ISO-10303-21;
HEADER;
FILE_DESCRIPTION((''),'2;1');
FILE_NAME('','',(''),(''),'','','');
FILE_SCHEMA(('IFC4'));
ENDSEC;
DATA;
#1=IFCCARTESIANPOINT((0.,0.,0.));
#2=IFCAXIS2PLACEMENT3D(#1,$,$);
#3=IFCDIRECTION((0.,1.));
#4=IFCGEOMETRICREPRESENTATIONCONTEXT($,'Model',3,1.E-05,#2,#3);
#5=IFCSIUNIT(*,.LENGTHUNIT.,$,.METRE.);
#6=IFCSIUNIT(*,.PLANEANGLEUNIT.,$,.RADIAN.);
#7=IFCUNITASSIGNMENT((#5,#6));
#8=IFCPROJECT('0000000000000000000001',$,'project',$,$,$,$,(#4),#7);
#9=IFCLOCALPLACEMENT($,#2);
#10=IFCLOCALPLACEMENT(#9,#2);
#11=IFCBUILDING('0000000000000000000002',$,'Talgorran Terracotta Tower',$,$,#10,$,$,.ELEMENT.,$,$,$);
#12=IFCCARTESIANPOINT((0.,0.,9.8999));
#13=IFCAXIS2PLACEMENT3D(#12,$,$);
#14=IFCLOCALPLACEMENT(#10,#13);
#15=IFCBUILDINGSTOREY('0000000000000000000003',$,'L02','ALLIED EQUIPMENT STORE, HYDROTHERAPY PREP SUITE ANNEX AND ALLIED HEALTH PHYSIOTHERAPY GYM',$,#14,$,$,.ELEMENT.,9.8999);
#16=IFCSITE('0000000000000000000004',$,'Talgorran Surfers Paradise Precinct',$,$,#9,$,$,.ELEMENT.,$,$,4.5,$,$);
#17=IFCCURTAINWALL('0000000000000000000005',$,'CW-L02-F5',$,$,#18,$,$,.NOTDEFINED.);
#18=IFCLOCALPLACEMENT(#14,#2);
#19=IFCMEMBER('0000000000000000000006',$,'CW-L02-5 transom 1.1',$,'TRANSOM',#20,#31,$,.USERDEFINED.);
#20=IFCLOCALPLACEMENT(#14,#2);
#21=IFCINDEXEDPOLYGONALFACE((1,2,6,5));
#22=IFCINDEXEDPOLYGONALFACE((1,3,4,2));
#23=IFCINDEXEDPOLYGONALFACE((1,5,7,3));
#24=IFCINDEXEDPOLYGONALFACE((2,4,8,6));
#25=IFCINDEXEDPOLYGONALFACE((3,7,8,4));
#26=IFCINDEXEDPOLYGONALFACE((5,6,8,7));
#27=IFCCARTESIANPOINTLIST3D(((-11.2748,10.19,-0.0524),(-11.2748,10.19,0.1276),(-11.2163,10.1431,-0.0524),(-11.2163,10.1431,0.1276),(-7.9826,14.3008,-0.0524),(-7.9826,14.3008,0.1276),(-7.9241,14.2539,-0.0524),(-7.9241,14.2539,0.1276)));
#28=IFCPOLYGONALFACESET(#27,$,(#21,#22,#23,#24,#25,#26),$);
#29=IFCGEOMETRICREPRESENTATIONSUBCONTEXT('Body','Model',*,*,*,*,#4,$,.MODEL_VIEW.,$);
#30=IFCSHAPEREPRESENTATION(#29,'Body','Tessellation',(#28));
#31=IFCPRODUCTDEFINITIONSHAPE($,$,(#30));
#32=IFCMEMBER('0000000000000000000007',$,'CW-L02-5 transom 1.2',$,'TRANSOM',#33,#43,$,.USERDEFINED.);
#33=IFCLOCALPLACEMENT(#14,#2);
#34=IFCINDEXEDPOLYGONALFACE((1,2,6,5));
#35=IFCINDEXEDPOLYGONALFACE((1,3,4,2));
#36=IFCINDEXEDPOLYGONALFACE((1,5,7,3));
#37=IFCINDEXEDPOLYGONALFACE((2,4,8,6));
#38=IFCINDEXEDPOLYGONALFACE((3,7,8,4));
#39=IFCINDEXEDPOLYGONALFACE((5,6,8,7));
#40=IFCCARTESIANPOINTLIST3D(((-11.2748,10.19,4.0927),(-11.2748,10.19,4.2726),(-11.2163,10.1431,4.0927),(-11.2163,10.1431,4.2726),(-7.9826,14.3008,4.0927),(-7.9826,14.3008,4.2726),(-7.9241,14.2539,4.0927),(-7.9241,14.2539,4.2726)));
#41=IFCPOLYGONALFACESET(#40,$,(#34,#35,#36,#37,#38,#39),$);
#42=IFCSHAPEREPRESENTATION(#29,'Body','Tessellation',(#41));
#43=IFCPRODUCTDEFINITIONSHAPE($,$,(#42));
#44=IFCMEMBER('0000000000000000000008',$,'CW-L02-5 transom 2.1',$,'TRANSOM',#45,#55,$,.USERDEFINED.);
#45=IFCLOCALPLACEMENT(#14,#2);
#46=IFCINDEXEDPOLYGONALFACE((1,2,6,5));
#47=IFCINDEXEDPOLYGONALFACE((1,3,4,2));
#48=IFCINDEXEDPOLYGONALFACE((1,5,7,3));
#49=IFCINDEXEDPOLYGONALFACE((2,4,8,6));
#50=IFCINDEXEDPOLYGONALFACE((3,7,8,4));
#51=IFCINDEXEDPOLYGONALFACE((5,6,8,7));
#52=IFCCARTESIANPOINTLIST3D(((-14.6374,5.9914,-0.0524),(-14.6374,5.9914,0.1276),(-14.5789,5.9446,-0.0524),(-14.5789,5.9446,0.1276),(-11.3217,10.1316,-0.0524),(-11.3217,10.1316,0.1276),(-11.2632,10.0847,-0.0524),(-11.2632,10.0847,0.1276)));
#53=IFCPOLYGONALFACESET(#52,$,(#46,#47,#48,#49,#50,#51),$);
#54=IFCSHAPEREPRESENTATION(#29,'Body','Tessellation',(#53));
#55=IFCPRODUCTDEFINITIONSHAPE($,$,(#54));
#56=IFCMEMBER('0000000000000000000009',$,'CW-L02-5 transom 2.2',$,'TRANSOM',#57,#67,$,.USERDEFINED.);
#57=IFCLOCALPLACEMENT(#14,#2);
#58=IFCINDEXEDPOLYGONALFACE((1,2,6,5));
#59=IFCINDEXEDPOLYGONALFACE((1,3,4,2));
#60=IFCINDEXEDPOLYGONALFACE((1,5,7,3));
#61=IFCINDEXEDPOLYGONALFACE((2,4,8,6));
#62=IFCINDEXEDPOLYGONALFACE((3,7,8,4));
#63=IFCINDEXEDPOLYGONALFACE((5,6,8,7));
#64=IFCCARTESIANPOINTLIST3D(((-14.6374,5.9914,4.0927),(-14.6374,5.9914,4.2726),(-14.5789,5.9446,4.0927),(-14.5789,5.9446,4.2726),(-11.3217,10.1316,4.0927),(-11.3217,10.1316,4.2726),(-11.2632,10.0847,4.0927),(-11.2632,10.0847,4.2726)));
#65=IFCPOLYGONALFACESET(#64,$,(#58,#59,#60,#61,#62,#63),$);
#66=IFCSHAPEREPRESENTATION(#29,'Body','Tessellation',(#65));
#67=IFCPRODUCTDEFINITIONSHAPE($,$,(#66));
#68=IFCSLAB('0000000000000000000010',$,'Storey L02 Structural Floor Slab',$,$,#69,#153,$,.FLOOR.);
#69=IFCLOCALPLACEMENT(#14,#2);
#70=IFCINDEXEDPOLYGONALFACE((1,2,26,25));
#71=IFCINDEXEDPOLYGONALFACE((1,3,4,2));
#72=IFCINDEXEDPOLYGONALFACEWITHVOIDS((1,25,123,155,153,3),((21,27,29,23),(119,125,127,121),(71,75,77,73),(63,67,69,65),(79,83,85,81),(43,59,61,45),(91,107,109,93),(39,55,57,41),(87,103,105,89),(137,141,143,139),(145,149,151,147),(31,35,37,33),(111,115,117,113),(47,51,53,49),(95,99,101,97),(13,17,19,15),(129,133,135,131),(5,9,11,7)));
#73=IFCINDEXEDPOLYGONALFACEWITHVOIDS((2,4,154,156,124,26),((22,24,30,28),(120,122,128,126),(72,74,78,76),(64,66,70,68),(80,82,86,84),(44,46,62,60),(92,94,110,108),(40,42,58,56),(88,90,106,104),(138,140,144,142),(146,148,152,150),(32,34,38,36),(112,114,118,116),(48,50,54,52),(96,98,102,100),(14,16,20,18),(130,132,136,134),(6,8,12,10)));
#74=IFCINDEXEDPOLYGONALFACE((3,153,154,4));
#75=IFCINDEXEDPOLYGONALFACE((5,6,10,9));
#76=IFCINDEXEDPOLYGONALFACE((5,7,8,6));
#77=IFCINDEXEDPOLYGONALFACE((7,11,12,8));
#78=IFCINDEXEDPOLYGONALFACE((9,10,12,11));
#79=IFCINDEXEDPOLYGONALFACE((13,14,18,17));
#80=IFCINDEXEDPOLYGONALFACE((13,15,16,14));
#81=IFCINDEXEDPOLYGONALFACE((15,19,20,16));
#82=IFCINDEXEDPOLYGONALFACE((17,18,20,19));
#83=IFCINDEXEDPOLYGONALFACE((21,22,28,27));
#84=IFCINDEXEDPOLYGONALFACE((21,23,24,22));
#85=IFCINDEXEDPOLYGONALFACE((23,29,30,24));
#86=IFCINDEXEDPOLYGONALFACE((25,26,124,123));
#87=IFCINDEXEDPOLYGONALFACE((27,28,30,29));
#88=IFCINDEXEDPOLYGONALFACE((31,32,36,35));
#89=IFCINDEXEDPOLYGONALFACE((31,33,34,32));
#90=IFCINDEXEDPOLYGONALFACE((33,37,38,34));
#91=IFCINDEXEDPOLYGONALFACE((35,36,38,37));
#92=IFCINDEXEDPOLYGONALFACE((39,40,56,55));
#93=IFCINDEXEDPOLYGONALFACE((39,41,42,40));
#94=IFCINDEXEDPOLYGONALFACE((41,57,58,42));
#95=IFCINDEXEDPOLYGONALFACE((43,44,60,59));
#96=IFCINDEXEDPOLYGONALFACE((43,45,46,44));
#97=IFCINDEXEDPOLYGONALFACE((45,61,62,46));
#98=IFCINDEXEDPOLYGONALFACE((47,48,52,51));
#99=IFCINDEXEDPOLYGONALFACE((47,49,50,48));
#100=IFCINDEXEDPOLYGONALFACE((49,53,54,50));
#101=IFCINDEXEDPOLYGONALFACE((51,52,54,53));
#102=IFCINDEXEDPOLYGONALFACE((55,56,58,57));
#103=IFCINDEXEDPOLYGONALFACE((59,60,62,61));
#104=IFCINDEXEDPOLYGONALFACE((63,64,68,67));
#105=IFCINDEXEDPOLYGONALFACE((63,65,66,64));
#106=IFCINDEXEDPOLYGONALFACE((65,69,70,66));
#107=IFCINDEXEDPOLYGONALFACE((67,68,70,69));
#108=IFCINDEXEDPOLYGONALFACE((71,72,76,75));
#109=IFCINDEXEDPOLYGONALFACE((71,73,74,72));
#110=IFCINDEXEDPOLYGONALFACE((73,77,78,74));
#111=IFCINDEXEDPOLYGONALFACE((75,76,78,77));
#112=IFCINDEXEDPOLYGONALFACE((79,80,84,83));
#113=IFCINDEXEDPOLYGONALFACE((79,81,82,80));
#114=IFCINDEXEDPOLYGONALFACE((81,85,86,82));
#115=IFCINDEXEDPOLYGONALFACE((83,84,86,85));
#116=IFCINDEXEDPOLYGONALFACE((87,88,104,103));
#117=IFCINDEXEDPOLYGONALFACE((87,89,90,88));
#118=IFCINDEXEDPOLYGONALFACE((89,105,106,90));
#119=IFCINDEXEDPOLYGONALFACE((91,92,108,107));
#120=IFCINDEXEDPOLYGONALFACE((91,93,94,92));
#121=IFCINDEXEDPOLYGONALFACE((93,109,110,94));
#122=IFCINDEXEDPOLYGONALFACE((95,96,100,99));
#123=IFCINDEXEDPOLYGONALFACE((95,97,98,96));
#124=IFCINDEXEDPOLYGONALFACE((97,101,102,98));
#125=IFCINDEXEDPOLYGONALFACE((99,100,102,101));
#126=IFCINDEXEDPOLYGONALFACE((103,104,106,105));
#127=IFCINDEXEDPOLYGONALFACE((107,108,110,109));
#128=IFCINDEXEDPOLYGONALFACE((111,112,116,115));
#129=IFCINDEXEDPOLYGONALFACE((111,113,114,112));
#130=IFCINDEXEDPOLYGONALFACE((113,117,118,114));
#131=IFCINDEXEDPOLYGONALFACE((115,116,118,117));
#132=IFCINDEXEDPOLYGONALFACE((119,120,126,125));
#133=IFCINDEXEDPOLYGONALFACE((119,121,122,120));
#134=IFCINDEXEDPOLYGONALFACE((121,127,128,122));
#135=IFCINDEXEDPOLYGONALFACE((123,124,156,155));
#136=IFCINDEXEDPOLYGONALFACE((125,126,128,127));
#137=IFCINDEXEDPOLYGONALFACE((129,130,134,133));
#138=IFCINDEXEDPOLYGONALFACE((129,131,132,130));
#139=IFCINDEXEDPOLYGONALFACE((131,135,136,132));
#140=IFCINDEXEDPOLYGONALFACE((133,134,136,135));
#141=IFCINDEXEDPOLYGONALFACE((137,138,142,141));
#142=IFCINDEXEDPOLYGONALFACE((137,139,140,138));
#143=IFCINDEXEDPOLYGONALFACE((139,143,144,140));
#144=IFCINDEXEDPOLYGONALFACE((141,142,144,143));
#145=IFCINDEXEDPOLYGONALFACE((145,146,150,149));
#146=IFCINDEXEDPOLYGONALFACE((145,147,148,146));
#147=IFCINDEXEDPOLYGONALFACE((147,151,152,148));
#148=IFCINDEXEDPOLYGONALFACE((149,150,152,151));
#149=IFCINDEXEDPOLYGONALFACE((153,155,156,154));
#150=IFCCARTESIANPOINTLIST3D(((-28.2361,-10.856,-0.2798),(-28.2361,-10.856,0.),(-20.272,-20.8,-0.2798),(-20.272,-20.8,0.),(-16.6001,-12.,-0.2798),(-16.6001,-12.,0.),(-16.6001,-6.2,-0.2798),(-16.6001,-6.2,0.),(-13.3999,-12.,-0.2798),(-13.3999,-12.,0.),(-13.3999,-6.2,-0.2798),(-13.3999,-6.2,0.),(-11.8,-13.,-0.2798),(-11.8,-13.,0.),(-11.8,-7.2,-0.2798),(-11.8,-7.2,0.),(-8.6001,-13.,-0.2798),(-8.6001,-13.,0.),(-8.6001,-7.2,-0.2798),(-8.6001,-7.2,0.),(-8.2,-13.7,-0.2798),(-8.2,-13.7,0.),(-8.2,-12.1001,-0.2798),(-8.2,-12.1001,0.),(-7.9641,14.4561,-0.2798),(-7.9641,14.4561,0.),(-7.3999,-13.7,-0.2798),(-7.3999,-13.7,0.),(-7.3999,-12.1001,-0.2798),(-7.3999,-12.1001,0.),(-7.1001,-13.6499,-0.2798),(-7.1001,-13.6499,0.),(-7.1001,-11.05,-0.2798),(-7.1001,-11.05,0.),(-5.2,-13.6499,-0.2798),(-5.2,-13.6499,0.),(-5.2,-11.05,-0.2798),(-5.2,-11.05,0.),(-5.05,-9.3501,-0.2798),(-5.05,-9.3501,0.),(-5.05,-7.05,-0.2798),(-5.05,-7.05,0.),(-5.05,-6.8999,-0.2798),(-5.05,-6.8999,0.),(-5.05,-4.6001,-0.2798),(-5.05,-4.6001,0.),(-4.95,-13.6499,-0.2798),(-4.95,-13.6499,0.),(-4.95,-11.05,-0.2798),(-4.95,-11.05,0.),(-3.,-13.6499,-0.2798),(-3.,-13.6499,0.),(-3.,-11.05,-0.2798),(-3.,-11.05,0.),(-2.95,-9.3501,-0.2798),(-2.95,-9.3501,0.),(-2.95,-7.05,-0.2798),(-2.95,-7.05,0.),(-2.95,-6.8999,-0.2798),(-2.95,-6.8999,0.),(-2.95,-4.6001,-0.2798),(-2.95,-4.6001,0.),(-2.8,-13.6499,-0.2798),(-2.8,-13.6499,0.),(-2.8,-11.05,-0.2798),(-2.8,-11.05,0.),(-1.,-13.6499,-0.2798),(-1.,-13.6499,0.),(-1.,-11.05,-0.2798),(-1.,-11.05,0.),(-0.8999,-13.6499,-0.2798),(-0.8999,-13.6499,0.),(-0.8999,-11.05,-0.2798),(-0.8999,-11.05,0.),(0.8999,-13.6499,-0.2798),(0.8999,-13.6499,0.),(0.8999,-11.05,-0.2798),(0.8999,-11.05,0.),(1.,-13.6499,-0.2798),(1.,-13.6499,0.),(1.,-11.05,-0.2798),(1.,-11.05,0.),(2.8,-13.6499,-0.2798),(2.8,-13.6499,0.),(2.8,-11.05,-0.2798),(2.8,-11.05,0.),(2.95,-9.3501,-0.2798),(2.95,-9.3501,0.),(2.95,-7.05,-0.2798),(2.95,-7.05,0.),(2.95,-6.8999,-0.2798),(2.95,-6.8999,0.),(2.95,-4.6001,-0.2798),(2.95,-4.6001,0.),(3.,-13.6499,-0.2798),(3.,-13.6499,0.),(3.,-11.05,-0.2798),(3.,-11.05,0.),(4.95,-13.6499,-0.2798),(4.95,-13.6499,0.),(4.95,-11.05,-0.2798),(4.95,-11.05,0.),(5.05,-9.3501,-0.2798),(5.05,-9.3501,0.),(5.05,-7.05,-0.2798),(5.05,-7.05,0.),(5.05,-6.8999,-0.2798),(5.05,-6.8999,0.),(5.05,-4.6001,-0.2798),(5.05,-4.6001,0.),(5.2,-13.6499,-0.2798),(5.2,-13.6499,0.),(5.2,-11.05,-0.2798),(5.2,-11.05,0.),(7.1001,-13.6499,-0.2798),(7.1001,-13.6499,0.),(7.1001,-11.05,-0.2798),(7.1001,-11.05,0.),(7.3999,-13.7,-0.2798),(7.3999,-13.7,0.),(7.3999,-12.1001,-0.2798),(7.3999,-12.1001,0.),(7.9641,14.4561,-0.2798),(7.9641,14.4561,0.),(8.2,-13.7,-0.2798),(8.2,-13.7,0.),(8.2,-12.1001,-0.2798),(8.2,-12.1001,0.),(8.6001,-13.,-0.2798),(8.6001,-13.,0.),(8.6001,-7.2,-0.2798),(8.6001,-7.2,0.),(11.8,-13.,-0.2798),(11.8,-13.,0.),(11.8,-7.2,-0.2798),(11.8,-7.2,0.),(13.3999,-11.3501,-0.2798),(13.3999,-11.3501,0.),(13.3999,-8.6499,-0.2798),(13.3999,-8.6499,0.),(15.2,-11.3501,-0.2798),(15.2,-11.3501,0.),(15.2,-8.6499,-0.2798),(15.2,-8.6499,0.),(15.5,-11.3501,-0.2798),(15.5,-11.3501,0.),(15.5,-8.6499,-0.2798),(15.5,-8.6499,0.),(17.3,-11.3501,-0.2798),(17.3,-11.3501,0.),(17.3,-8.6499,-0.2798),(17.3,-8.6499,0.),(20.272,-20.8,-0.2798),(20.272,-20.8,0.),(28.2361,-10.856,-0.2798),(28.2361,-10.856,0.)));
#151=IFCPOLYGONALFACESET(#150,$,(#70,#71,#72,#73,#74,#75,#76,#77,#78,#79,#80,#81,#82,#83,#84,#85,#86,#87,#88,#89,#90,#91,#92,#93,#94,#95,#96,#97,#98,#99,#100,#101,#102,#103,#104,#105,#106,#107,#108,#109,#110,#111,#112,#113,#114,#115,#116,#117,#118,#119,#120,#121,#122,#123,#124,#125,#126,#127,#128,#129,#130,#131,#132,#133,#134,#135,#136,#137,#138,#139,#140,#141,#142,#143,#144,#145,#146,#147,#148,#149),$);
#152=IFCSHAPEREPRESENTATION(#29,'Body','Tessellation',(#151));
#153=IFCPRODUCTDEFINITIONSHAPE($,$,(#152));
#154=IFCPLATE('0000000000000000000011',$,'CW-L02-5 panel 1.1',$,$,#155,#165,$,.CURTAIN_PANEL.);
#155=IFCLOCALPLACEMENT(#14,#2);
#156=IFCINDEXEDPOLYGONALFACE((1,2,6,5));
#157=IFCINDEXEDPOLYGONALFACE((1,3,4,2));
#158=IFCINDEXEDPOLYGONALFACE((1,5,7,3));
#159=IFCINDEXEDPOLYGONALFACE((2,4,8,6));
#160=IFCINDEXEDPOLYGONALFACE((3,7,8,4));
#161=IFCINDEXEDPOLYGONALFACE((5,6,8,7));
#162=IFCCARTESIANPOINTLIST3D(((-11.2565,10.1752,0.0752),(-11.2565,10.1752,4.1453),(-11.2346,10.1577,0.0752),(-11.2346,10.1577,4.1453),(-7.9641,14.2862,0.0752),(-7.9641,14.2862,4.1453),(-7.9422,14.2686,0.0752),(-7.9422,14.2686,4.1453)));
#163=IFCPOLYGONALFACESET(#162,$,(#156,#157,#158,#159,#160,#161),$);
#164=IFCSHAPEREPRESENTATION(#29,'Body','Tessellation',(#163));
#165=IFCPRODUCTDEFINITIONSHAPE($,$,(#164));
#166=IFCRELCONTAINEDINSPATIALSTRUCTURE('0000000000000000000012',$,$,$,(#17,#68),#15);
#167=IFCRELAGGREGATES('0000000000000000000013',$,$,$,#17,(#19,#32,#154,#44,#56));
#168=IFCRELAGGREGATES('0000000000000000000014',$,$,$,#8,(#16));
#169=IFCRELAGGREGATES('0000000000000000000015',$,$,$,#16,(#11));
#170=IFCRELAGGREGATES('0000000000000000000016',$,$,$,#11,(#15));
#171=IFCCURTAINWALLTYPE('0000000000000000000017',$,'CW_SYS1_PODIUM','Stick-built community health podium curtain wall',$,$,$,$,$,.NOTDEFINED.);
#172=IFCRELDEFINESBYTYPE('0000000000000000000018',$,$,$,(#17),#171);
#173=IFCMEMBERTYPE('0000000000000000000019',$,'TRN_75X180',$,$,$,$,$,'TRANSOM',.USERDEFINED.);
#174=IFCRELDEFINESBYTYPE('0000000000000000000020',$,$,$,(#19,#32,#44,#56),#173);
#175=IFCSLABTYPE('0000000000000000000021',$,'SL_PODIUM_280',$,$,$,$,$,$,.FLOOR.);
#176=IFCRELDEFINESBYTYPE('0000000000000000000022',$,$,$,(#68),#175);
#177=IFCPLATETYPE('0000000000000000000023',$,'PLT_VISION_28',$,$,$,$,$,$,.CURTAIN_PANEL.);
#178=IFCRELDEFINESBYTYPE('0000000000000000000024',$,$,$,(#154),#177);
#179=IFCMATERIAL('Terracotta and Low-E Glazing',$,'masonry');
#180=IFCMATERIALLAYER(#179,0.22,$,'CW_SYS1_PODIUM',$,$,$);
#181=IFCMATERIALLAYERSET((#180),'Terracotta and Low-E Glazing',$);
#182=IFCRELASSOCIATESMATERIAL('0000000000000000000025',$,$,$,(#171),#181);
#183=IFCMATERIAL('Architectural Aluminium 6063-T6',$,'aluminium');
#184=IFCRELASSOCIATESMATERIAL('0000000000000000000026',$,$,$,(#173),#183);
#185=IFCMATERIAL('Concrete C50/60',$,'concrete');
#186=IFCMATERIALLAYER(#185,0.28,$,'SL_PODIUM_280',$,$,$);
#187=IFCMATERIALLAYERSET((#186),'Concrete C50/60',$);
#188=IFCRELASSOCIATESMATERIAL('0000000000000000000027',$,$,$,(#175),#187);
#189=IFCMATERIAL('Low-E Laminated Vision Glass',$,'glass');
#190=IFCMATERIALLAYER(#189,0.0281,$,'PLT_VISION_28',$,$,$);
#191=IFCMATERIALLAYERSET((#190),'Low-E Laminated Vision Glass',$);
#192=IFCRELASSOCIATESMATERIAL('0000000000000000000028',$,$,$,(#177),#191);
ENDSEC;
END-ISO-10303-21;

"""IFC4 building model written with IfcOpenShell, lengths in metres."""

from ifc_helpers import new_model, si_unit, direction, frame, origin, origin_2d, place, context, subcontext, project, spatial, polyline, rectangle, outline, extrude, source, transform, mapped, material, layer, layer_set, material_profile, profile_set, type_object, type_shapes, element, aggregate, save


model = new_model("IFC4")

# Units and contexts
model_context = context("Model", 3, precision=1e-05, world=origin(), true_north=direction((0.0, 1.0)))
body_context = subcontext(model_context, "Body", "Model", "MODEL_VIEW")
ifc_project = project(units=[si_unit("LENGTHUNIT", "METRE"), si_unit("PLANEANGLEUNIT", "RADIAN")], contexts=[model_context])

# Site, building, storey
site_placement = place(None, origin())
site = spatial("IfcSite", under=ifc_project, at=site_placement, Name="Talgorran Surfers Paradise Precinct", CompositionType="ELEMENT", RefElevation=4.5)
building_placement = place(site_placement, origin())
building = spatial("IfcBuilding", under=site, at=building_placement, Name="Talgorran Terracotta Tower", CompositionType="ELEMENT")
storey_placement = place(building_placement, frame((0.0, 0.0, 9.8999)))
storey = spatial("IfcBuildingStorey", under=building, at=storey_placement, Name="L02", Description="ALLIED EQUIPMENT STORE, HYDROTHERAPY PREP SUITE ANNEX AND ALLIED HEALTH PHYSIOTHERAPY GYM", CompositionType="ELEMENT", Elevation=9.8999)

# Curtain wall, members
ifc_material_1 = material(Name="Terracotta and Low-E Glazing", Category="masonry")
ifc_layer_1 = layer(ifc_material_1, 0.22, Name="CW_SYS1_PODIUM")
ifc_layer_set_1 = layer_set([ifc_layer_1], Name="Terracotta and Low-E Glazing")
curtain_wall_type = type_object("IfcCurtainWallType", Name="CW_SYS1_PODIUM", Description="Stick-built community health podium curtain wall", PredefinedType="NOTDEFINED", material=ifc_layer_set_1)
curtain_wall_placement = place(storey_placement, origin())
curtain_wall = element("IfcCurtainWall", 1, at=curtain_wall_placement, inside=storey, type_object=curtain_wall_type, Name="CW-L02-F5", PredefinedType="NOTDEFINED")
ifc_material_2 = material(Name="Architectural Aluminium 6063-T6", Category="aluminium")
ifc_material_profile_1 = material_profile(ifc_material_2, rectangle(XDim=0.075, YDim=0.1799, at=origin_2d()), Name="CWT75X180")
ifc_profile_set_1 = profile_set([ifc_material_profile_1], Name="Architectural Aluminium 6063-T6")
member_type_1 = type_object("IfcMemberType", Name="TRN_75X180", ElementType="TRANSOM", PredefinedType="USERDEFINED", material=ifc_profile_set_1)
member_1_placement = place(storey_placement, frame((-7.9534, 14.2773, 0.0376), z_axis=(-0.625108, -0.780539, 0.0), x_axis=(0.780539, -0.625108, 0.0)))
member_1 = element("IfcMember", 2, at=member_1_placement, type_object=member_type_1, Name="CW-L02-5 transom 1.1", ObjectType="TRANSOM", PredefinedType="USERDEFINED", context=body_context, shape_type="SweptSolid", body=[
    extrude(rectangle(XDim=0.075, YDim=0.1799, at=origin_2d()), origin(), (0.0, 0.0, 1.0), 5.2666),
])
member_2_placement = place(storey_placement, frame((-7.9534, 14.2773, 4.1826), z_axis=(-0.625108, -0.780539, 0.0), x_axis=(0.780539, -0.625108, 0.0)))
member_2 = element("IfcMember", 3, at=member_2_placement, type_object=member_type_1, Name="CW-L02-5 transom 1.2", ObjectType="TRANSOM", PredefinedType="USERDEFINED", context=body_context, shape_type="SweptSolid", body=[
    extrude(rectangle(XDim=0.075, YDim=0.1799, at=origin_2d()), origin(), (0.0, 0.0, 1.0), 5.2666),
])
member_3_placement = place(storey_placement, frame((-11.2925, 10.1082, 0.0376), z_axis=(-0.625105, -0.780541, 0.0), x_axis=(0.780541, -0.625105, 0.0)))
member_3 = element("IfcMember", 4, at=member_3_placement, type_object=member_type_1, Name="CW-L02-5 transom 2.1", ObjectType="TRANSOM", PredefinedType="USERDEFINED", context=body_context, shape_type="SweptSolid", body=[
    extrude(rectangle(XDim=0.075, YDim=0.1799, at=origin_2d()), origin(), (0.0, 0.0, 1.0), 5.3042),
])
member_4_placement = place(storey_placement, frame((-11.2925, 10.1082, 4.1826), z_axis=(-0.625105, -0.780541, 0.0), x_axis=(0.780541, -0.625105, 0.0)))
member_4 = element("IfcMember", 5, at=member_4_placement, type_object=member_type_1, Name="CW-L02-5 transom 2.2", ObjectType="TRANSOM", PredefinedType="USERDEFINED", context=body_context, shape_type="SweptSolid", body=[
    extrude(rectangle(XDim=0.075, YDim=0.1799, at=origin_2d()), origin(), (0.0, 0.0, 1.0), 5.3042),
])

# Slab
ifc_material_3 = material(Name="Concrete C50/60", Category="concrete")
ifc_layer_2 = layer(ifc_material_3, 0.28, Name="SL_PODIUM_280")
ifc_layer_set_2 = layer_set([ifc_layer_2], Name="Concrete C50/60")
slab_type = type_object("IfcSlabType", Name="SL_PODIUM_280", PredefinedType="FLOOR", material=ifc_layer_set_2)
slab_placement = place(storey_placement, frame((0.0, 0.0, -0.2798)))
element("IfcSlab", 6, at=slab_placement, inside=storey, type_object=slab_type, Name="Storey L02 Structural Floor Slab", PredefinedType="FLOOR", context=body_context, shape_type="SweptSolid", body=[
    extrude(outline(polyline([(-28.2361, -10.856), (-20.272, -20.8), (20.272, -20.8), (28.2361, -10.856), (7.9641, 14.4561), (-7.9641, 14.4561), (-28.2361, -10.856)]), holes=[polyline([(-11.8, -7.2), (-11.8, -13.0), (-8.6001, -13.0), (-8.6001, -7.2), (-11.8, -7.2)]), polyline([(8.6001, -7.2), (8.6001, -13.0), (11.8, -13.0), (11.8, -7.2), (8.6001, -7.2)]), polyline([(-16.6001, -6.2), (-16.6001, -12.0), (-13.3999, -12.0), (-13.3999, -6.2), (-16.6001, -6.2)]), polyline([(-7.1001, -13.6499), (-5.2, -13.6499), (-5.2, -11.05), (-7.1001, -11.05), (-7.1001, -13.6499)]), polyline([(5.2, -13.6499), (7.1001, -13.6499), (7.1001, -11.05), (5.2, -11.05), (5.2, -13.6499)]), polyline([(3.0, -13.6499), (4.95, -13.6499), (4.95, -11.05), (3.0, -11.05), (3.0, -13.6499)]), polyline([(-4.95, -13.6499), (-3.0, -13.6499), (-3.0, -11.05), (-4.95, -11.05), (-4.95, -13.6499)]), polyline([(-5.05, -9.3501), (-2.95, -9.3501), (-2.95, -7.05), (-5.05, -7.05), (-5.05, -9.3501)]), polyline([(-5.05, -6.8999), (-2.95, -6.8999), (-2.95, -4.6001), (-5.05, -4.6001), (-5.05, -6.8999)]), polyline([(2.95, -9.3501), (5.05, -9.3501), (5.05, -7.05), (2.95, -7.05), (2.95, -9.3501)]), polyline([(2.95, -6.8999), (5.05, -6.8999), (5.05, -4.6001), (2.95, -4.6001), (2.95, -6.8999)]), polyline([(-2.8, -13.6499), (-1.0, -13.6499), (-1.0, -11.05), (-2.8, -11.05), (-2.8, -13.6499)]), polyline([(-0.8999, -13.6499), (0.8999, -13.6499), (0.8999, -11.05), (-0.8999, -11.05), (-0.8999, -13.6499)]), polyline([(1.0, -13.6499), (2.8, -13.6499), (2.8, -11.05), (1.0, -11.05), (1.0, -13.6499)]), polyline([(13.3999, -11.3501), (15.2, -11.3501), (15.2, -8.6499), (13.3999, -8.6499), (13.3999, -11.3501)]), polyline([(15.5, -11.3501), (17.3, -11.3501), (17.3, -8.6499), (15.5, -8.6499), (15.5, -11.3501)]), polyline([(-8.2, -13.7), (-7.3999, -13.7), (-7.3999, -12.1001), (-8.2, -12.1001), (-8.2, -13.7)]), polyline([(7.3999, -13.7), (8.2, -13.7), (8.2, -12.1001), (7.3999, -12.1001), (7.3999, -13.7)])]), origin(), (0.0, 0.0, 1.0), 0.2798),
])

# Plate
ifc_material_4 = material(Name="Low-E Laminated Vision Glass", Category="glass")
ifc_layer_3 = layer(ifc_material_4, 0.0281, Name="PLT_VISION_28")
ifc_layer_set_3 = layer_set([ifc_layer_3], Name="Low-E Laminated Vision Glass")
plate_type = type_object("IfcPlateType", Name="PLT_VISION_28", PredefinedType="CURTAIN_PANEL", material=ifc_layer_set_3)
shared_shape = source(origin(), body_context, "Body", "SweptSolid", [
    extrude(rectangle(XDim=5.2668, YDim=0.0281, at=origin_2d()), origin(), (0.0, 0.0, 1.0), 4.0701),
])
type_shapes(plate_type, [shared_shape])
plate_placement = place(storey_placement, frame((-9.5994, 12.2219, 0.0752), z_axis=(0.0, 0.0, 1.0), x_axis=(-0.625116, -0.780532, 0.0)))
plate = element("IfcPlate", 7, at=plate_placement, type_object=plate_type, Name="CW-L02-5 panel 1.1", PredefinedType="CURTAIN_PANEL", context=body_context, shape_type="MappedRepresentation", body=[
    mapped(shared_shape, transform((0.0, 0.0, 0.0), scale=1.0)),
])
aggregate(curtain_wall, [member_1, member_2, plate, member_3, member_4])

save(model, "model.ifc")
